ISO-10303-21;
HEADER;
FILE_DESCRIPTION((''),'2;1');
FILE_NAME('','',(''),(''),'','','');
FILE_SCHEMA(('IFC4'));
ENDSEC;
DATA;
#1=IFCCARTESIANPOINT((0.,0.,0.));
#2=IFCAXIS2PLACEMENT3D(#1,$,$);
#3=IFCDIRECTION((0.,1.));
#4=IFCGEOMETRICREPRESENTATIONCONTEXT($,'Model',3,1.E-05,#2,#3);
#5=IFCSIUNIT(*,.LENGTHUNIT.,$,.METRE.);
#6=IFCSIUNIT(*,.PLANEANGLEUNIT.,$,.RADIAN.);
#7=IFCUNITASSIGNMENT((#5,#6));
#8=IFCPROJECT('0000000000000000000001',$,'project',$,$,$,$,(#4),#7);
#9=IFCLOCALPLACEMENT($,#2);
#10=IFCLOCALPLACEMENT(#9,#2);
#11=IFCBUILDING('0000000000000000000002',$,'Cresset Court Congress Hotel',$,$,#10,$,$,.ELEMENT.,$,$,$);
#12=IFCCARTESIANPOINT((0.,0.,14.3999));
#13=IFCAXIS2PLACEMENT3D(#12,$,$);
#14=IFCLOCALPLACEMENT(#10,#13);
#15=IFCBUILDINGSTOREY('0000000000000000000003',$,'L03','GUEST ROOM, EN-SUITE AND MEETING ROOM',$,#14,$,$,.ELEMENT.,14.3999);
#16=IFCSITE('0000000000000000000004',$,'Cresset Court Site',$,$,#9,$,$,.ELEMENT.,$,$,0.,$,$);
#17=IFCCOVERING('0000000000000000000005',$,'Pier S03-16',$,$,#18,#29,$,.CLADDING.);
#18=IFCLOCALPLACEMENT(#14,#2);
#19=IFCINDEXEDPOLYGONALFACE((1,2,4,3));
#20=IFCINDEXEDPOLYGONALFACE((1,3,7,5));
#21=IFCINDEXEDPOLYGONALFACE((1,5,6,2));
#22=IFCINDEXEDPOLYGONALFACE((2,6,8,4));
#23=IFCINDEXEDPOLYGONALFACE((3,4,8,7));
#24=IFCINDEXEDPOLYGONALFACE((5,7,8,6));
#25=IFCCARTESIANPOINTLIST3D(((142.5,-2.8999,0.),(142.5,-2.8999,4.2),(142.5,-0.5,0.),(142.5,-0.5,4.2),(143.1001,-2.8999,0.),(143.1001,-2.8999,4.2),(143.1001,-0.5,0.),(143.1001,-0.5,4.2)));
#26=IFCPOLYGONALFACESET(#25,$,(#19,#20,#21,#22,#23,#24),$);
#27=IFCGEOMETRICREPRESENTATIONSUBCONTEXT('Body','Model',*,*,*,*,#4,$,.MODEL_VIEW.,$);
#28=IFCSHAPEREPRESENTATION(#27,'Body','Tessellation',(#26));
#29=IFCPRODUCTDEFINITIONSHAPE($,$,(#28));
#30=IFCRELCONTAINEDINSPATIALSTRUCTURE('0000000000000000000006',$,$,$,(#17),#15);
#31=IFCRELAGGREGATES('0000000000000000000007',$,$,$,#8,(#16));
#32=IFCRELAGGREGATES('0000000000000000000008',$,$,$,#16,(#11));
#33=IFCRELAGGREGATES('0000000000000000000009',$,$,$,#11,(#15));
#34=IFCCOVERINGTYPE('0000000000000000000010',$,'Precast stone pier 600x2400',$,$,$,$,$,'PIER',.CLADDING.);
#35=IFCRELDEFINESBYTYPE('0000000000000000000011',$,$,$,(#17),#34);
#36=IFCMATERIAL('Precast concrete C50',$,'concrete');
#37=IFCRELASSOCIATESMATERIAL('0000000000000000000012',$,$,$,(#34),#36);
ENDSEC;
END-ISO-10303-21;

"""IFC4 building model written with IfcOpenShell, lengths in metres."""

from ifc_helpers import new_model, si_unit, direction, frame, origin, origin_2d, place, context, subcontext, project, spatial, rectangle, extrude, material, type_object, element, save


model = new_model("IFC4")

# Units and contexts
model_context = context("Model", 3, precision=1e-05, world=origin(), true_north=direction((0.0, 1.0)))
body_context = subcontext(model_context, "Body", "Model", "MODEL_VIEW")
ifc_project = project(units=[si_unit("LENGTHUNIT", "METRE"), si_unit("PLANEANGLEUNIT", "RADIAN")], contexts=[model_context])

# Site, building, storey
site_placement = place(None, origin())
site = spatial("IfcSite", under=ifc_project, at=site_placement, Name="Cresset Court Site", CompositionType="ELEMENT", RefElevation=0.0)
building_placement = place(site_placement, origin())
building = spatial("IfcBuilding", under=site, at=building_placement, Name="Cresset Court Congress Hotel", CompositionType="ELEMENT")
storey_placement = place(building_placement, frame((0.0, 0.0, 14.3999)))
storey = spatial("IfcBuildingStorey", under=building, at=storey_placement, Name="L03", Description="GUEST ROOM, EN-SUITE AND MEETING ROOM", CompositionType="ELEMENT", Elevation=14.3999)

# Covering
ifc_material_1 = material(Name="Precast concrete C50", Category="concrete")
covering_type = type_object("IfcCoveringType", Name="Precast stone pier 600x2400", ElementType="PIER", PredefinedType="CLADDING", material=ifc_material_1)
covering_placement = place(storey_placement, frame((142.8, -1.7, 0.0), z_axis=(0.0, 0.0, 1.0), x_axis=(1.0, 0.0, 0.0)))
element("IfcCovering", 1, at=covering_placement, inside=storey, type_object=covering_type, Name="Pier S03-16", PredefinedType="CLADDING", context=body_context, shape_type="SweptSolid", body=[
    extrude(rectangle(XDim=0.6001, YDim=2.3999, at=origin_2d()), origin(), (0.0, 0.0, 1.0), 4.2),
])

save(model, "model.ifc")
